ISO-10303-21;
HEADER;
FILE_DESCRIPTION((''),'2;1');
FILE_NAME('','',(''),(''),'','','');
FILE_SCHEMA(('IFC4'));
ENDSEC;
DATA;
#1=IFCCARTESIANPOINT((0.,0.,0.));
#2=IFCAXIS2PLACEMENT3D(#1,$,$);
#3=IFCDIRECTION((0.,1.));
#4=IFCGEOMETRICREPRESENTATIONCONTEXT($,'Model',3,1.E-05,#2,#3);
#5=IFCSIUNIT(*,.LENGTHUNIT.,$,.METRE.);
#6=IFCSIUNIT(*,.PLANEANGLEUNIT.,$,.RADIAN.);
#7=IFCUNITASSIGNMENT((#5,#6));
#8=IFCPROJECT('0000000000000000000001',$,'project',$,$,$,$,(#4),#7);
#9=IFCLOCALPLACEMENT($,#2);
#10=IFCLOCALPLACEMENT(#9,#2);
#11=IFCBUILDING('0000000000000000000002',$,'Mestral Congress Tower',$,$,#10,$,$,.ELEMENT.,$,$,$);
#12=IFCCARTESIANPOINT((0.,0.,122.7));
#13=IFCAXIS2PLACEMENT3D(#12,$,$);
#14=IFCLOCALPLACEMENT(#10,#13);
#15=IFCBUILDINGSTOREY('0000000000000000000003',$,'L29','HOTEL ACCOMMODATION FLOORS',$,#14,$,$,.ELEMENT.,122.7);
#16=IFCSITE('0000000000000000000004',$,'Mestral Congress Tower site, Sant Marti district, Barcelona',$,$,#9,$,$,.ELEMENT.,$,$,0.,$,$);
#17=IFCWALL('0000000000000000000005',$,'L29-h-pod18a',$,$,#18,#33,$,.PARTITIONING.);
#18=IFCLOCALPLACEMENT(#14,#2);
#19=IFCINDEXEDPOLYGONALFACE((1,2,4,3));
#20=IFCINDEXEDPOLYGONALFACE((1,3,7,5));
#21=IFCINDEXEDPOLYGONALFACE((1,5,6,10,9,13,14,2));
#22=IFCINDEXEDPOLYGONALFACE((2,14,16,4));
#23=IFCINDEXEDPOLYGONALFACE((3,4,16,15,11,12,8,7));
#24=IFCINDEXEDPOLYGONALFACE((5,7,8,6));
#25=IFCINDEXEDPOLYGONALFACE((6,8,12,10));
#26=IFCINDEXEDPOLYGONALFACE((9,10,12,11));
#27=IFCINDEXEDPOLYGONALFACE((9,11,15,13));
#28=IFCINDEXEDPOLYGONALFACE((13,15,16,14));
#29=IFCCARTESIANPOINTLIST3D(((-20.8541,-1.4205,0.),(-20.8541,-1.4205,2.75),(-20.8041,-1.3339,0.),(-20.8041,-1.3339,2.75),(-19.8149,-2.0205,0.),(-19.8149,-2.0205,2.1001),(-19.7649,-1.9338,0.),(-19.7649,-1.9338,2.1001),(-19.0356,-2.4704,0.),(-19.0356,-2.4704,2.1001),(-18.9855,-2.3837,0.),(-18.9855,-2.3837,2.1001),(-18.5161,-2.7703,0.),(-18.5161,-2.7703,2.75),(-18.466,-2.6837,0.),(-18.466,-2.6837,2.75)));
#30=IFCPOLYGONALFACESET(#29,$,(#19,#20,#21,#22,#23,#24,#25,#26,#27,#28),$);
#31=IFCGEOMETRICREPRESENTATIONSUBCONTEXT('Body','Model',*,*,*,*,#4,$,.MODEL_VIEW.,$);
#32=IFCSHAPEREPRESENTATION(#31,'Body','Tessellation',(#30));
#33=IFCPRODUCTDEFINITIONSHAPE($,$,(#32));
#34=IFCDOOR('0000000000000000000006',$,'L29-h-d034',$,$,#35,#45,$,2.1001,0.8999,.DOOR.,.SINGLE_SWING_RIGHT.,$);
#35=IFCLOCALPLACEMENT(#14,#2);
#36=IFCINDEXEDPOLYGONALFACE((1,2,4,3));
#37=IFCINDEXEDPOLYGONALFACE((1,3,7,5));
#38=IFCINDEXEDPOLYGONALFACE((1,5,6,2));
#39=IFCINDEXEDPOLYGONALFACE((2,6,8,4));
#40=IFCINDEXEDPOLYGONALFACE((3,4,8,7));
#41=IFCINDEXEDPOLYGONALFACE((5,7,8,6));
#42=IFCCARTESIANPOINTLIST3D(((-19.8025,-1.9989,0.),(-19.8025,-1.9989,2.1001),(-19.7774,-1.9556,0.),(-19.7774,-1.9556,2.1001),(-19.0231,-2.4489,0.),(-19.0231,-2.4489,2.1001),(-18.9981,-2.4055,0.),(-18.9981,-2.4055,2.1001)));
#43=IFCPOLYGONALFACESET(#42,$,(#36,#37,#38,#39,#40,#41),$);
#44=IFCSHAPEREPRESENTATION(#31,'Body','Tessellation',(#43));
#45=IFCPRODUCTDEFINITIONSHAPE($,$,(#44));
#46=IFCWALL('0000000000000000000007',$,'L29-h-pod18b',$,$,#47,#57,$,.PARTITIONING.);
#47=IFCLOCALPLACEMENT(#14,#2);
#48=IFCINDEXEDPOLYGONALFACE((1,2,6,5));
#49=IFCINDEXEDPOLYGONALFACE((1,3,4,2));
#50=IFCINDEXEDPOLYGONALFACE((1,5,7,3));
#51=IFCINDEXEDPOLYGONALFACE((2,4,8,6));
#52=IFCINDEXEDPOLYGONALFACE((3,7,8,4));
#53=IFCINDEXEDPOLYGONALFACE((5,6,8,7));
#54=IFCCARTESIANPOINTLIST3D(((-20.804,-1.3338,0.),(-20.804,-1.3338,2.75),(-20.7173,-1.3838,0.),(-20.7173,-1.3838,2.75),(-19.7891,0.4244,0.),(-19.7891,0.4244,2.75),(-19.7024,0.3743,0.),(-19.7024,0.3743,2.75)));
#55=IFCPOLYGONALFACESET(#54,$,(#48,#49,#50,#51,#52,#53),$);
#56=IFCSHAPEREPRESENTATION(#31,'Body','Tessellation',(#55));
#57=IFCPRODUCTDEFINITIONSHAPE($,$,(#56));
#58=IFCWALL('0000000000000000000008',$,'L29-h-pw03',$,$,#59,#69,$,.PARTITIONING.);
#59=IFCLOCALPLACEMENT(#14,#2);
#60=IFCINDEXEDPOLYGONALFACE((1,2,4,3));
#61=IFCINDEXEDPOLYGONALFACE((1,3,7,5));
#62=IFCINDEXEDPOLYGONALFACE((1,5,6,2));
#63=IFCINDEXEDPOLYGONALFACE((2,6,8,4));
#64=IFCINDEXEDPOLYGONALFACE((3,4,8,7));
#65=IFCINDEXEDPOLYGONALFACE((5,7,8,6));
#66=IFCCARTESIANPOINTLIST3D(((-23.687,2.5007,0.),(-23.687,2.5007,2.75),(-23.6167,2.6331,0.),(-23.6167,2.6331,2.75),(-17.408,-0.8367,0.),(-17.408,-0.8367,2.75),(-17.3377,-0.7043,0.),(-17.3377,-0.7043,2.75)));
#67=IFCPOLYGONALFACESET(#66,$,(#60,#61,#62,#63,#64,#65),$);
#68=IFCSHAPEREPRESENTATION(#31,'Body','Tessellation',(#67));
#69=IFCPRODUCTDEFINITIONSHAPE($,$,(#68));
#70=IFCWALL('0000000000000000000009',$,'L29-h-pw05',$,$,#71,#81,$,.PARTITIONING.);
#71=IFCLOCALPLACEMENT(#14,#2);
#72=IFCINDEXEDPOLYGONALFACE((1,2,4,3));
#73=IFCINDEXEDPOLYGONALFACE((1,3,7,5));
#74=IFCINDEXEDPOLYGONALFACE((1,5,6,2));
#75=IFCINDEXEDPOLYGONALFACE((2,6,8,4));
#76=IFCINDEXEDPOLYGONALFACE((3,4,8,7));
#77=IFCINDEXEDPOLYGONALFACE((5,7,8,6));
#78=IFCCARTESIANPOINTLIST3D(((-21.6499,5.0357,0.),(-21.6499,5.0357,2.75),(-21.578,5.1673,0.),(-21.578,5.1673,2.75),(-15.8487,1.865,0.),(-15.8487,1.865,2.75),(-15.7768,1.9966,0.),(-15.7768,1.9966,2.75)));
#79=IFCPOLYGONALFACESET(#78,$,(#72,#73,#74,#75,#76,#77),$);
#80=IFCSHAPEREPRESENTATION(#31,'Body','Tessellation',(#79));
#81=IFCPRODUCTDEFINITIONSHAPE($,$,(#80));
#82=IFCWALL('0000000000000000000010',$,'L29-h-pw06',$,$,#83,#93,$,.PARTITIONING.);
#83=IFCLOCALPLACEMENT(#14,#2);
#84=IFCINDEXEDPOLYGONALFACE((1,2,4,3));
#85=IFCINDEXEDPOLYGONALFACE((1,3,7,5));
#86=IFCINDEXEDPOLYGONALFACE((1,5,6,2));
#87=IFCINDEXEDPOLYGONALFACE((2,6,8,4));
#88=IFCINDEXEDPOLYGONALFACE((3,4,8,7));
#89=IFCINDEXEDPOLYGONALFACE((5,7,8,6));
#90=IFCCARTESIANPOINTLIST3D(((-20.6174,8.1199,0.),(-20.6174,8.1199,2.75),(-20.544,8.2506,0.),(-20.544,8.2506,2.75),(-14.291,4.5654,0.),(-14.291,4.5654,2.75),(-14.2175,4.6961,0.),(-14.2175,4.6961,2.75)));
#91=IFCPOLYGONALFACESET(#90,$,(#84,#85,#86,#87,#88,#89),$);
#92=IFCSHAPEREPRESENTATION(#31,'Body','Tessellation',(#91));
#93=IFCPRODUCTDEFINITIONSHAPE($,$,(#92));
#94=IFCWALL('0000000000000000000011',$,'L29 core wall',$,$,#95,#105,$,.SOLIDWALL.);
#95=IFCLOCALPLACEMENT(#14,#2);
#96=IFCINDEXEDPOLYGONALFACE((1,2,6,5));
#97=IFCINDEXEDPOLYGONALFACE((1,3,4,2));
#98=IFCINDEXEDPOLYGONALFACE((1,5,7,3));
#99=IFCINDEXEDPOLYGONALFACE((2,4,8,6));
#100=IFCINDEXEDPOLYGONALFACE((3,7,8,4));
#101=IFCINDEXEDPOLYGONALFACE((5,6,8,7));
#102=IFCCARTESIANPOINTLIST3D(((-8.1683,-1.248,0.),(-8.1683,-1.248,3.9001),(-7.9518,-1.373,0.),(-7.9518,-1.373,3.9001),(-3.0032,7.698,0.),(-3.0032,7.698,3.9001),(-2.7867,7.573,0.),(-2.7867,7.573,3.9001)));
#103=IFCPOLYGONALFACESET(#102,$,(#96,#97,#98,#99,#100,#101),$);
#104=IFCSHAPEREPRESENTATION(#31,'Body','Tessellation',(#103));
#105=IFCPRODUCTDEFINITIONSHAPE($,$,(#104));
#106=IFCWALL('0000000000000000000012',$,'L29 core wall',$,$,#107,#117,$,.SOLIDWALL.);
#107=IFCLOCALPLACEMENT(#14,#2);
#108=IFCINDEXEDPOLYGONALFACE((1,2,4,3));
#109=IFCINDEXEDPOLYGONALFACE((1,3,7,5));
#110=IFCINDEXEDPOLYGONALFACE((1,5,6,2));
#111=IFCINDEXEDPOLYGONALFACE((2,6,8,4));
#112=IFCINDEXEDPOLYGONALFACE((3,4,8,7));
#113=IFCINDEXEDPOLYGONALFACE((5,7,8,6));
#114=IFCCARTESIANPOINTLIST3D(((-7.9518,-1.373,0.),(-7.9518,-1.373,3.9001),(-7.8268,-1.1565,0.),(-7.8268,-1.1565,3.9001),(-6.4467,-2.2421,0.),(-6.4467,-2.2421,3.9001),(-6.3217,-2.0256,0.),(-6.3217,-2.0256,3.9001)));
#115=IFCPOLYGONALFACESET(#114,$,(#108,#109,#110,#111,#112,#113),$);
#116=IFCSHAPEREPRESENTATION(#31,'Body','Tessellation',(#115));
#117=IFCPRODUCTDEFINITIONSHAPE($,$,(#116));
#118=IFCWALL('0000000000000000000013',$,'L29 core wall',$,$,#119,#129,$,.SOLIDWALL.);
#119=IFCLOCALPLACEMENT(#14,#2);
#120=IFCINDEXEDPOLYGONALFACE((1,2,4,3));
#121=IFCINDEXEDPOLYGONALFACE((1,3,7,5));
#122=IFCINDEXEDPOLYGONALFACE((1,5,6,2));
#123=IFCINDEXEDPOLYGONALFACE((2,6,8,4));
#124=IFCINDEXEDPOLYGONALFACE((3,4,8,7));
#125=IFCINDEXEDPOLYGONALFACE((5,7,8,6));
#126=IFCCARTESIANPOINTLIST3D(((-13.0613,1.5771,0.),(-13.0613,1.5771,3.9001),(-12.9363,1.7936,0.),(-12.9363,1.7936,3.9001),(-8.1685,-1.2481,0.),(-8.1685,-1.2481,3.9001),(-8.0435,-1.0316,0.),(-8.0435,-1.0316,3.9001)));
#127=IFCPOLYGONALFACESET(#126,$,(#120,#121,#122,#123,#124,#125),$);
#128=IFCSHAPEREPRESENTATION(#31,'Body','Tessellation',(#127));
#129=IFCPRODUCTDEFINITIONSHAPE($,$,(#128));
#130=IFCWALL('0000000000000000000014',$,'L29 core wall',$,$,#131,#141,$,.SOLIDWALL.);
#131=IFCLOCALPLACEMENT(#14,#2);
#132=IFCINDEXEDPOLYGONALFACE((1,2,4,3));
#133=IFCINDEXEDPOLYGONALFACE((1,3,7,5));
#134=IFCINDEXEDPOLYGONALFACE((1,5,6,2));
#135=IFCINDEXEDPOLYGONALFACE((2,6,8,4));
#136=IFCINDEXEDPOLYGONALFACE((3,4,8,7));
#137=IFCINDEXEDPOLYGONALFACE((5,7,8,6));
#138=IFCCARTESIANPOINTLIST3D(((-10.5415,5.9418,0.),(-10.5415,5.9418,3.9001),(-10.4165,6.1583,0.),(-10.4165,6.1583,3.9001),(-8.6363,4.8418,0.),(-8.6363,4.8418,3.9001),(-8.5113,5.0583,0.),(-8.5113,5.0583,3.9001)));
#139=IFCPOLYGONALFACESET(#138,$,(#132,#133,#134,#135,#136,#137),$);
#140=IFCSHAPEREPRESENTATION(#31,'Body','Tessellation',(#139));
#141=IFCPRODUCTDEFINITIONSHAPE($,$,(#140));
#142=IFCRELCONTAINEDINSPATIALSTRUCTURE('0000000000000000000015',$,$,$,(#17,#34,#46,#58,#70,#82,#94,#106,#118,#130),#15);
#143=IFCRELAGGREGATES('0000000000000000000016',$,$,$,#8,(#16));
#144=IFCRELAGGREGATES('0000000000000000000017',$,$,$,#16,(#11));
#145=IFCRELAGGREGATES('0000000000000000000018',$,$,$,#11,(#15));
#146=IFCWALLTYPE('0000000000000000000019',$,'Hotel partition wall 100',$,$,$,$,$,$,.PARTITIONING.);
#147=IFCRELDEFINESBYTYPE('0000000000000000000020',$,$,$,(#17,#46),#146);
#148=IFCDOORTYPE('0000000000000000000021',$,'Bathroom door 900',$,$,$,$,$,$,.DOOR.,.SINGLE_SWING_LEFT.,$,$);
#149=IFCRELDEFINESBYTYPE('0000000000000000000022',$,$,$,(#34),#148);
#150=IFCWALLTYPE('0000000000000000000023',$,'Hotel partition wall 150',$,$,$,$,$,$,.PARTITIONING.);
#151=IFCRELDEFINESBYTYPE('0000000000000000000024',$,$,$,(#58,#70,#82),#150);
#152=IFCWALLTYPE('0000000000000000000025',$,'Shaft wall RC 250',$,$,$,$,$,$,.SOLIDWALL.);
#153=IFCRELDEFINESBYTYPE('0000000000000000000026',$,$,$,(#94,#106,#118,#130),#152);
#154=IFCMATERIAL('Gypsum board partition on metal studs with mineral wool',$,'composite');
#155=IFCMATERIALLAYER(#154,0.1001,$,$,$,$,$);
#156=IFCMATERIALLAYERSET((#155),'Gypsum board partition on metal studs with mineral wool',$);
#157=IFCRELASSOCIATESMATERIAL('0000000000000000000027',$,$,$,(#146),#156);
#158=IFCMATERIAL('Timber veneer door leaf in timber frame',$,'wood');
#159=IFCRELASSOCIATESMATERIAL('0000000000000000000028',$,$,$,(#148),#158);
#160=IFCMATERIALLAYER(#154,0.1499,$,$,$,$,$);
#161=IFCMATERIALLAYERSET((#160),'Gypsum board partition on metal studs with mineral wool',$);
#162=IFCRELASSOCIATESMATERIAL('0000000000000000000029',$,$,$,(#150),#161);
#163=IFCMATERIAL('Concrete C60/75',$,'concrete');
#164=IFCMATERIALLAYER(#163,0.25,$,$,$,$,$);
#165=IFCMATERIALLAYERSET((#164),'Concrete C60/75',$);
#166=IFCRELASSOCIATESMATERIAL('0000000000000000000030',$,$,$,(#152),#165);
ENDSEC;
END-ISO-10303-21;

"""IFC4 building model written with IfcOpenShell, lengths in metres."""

from ifc_helpers import new_model, si_unit, direction, frame, frame_2d, origin, place, context, subcontext, project, spatial, rectangle, extrude, material, layer, layer_set, type_object, element, fill, save


model = new_model("IFC4")

# Units and contexts
model_context = context("Model", 3, precision=1e-05, world=origin(), true_north=direction((0.0, 1.0)))
body_context = subcontext(model_context, "Body", "Model", "MODEL_VIEW")
ifc_project = project(units=[si_unit("LENGTHUNIT", "METRE"), si_unit("PLANEANGLEUNIT", "RADIAN")], contexts=[model_context])

# Site, building, storey
site_placement = place(None, origin())
site = spatial("IfcSite", under=ifc_project, at=site_placement, Name="Mestral Congress Tower site, Sant Marti district, Barcelona", CompositionType="ELEMENT", RefElevation=0.0)
building_placement = place(site_placement, origin())
building = spatial("IfcBuilding", under=site, at=building_placement, Name="Mestral Congress Tower", CompositionType="ELEMENT")
storey_placement = place(building_placement, frame((0.0, 0.0, 122.7)))
storey = spatial("IfcBuildingStorey", under=building, at=storey_placement, Name="L29", Description="HOTEL ACCOMMODATION FLOORS", CompositionType="ELEMENT", Elevation=122.7)

# Shared definitions
ifc_material_1 = material(Name="Concrete C60/75", Category="concrete")

# Shared definitions
ifc_material_2 = material(Name="Gypsum board partition on metal studs with mineral wool", Category="composite")
ifc_layer_1 = layer(ifc_material_2, 0.1001)
ifc_layer_set_1 = layer_set([ifc_layer_1], Name="Gypsum board partition on metal studs with mineral wool")
wall_type_1 = type_object("IfcWallType", Name="Hotel partition wall 100", PredefinedType="PARTITIONING", material=ifc_layer_set_1)
ifc_material_3 = material(Name="Timber veneer door leaf in timber frame", Category="wood")
door_type = type_object("IfcDoorType", Name="Bathroom door 900", OperationType="SINGLE_SWING_LEFT", PredefinedType="DOOR", material=ifc_material_3)

# Wall, opening, door
wall_1_placement = place(storey_placement, frame((-20.8291, -1.3772, 0.0), z_axis=(0.0, 0.0, 1.0), x_axis=(0.866037, -0.499981, 0.0)))
wall_1 = element("IfcWall", 1, at=wall_1_placement, inside=storey, type_object=wall_type_1, Name="L29-h-pod18a", PredefinedType="PARTITIONING", context=body_context, shape_type="SweptSolid", body=[
    extrude(rectangle(XDim=2.6997, YDim=0.1001, at=frame_2d((1.3499, 0.0))), origin(), (0.0, 0.0, 1.0), 2.75),
])
opening_1_placement = place(wall_1_placement, frame((1.2, 0.0, 0.0)))
opening_1 = element("IfcOpeningElement", 2, at=opening_1_placement, cuts=wall_1, PredefinedType="OPENING", context=body_context, shape_type="SweptSolid", body=[
    extrude(rectangle(XDim=0.8999, YDim=2.1001, at=frame_2d((0.45, 1.05))), frame((0.0, 0.0601, 0.0), z_axis=(0.0, -1.0, 0.0), x_axis=(1.0, 0.0, 0.0)), (0.0, 0.0, 1.0), 0.1201),
])
door_1_placement = place(opening_1_placement, origin())
door_1 = element("IfcDoor", 3, at=door_1_placement, inside=storey, type_object=door_type, Name="L29-h-d034", OperationType="SINGLE_SWING_RIGHT", OverallHeight=2.1001, OverallWidth=0.8999, PredefinedType="DOOR", context=body_context, shape_type="SweptSolid", body=[
    extrude(rectangle(XDim=0.8999, YDim=2.1001, at=frame_2d((0.45, 1.05))), frame((0.0, 0.0249, 0.0), z_axis=(0.0, -1.0, 0.0), x_axis=(1.0, 0.0, 0.0)), (0.0, 0.0, 1.0), 0.05),
])
fill(opening_1, door_1)

# Walls
wall_2_placement = place(storey_placement, frame((-20.7607, -1.3589, 0.0), z_axis=(0.0, 0.0, 1.0), x_axis=(0.499955, 0.866051, 0.0)))
element("IfcWall", 4, at=wall_2_placement, inside=storey, type_object=wall_type_1, Name="L29-h-pod18b", PredefinedType="PARTITIONING", context=body_context, shape_type="SweptSolid", body=[
    extrude(rectangle(XDim=2.03, YDim=0.1001, at=frame_2d((1.0151, 0.0))), origin(), (0.0, 0.0, 1.0), 2.75),
])
ifc_layer_2 = layer(ifc_material_2, 0.1499)
ifc_layer_set_2 = layer_set([ifc_layer_2], Name="Gypsum board partition on metal studs with mineral wool")
wall_type_2 = type_object("IfcWallType", Name="Hotel partition wall 150", PredefinedType="PARTITIONING", material=ifc_layer_set_2)
wall_3_placement = place(storey_placement, frame((-23.6519, 2.5669, 0.0), z_axis=(0.0, 0.0, 1.0), x_axis=(0.883019, -0.469337, 0.0)))
element("IfcWall", 5, at=wall_3_placement, inside=storey, type_object=wall_type_2, Name="L29-h-pw03", PredefinedType="PARTITIONING", context=body_context, shape_type="SweptSolid", body=[
    extrude(rectangle(XDim=7.1108, YDim=0.1499, at=frame_2d((3.5554, 0.0))), origin(), (0.0, 0.0, 1.0), 2.75),
])
wall_4_placement = place(storey_placement, frame((-21.614, 5.1016, 0.0), z_axis=(0.0, 0.0, 1.0), x_axis=(0.877485, -0.479605, 0.0)))
element("IfcWall", 6, at=wall_4_placement, inside=storey, type_object=wall_type_2, Name="L29-h-pw05", PredefinedType="PARTITIONING", context=body_context, shape_type="SweptSolid", body=[
    extrude(rectangle(XDim=6.6111, YDim=0.1499, at=frame_2d((3.3057, 0.0))), origin(), (0.0, 0.0, 1.0), 2.75),
])
wall_5_placement = place(storey_placement, frame((-20.5808, 8.1853, 0.0), z_axis=(0.0, 0.0, 1.0), x_axis=(0.871821, -0.489825, 0.0)))
element("IfcWall", 7, at=wall_5_placement, inside=storey, type_object=wall_type_2, Name="L29-h-pw06", PredefinedType="PARTITIONING", context=body_context, shape_type="SweptSolid", body=[
    extrude(rectangle(XDim=7.2566, YDim=0.1499, at=frame_2d((3.6284, 0.0))), origin(), (0.0, 0.0, 1.0), 2.75),
])
ifc_layer_3 = layer(ifc_material_1, 0.25)
ifc_layer_set_3 = layer_set([ifc_layer_3], Name="Concrete C60/75")
wall_type_3 = type_object("IfcWallType", Name="Shaft wall RC 250", PredefinedType="SOLIDWALL", material=ifc_layer_set_3)
wall_6_placement = place(storey_placement, frame((-8.0601, -1.3105, 0.0), z_axis=(0.0, 0.0, 1.0), x_axis=(0.500003, 0.866024, 0.0)))
element("IfcWall", 8, at=wall_6_placement, inside=storey, type_object=wall_type_3, Name="L29 core wall", PredefinedType="SOLIDWALL", context=body_context, shape_type="SweptSolid", body=[
    extrude(rectangle(XDim=10.3301, YDim=0.25, at=frame_2d((5.165, 0.0))), origin(), (0.0, 0.0, 1.0), 3.9001),
])
wall_7_placement = place(storey_placement, frame((-7.8894, -1.2646, 0.0), z_axis=(0.0, 0.0, 1.0), x_axis=(0.865987, -0.500067, 0.0)))
element("IfcWall", 9, at=wall_7_placement, inside=storey, type_object=wall_type_3, Name="L29 core wall", PredefinedType="SOLIDWALL", context=body_context, shape_type="SweptSolid", body=[
    extrude(rectangle(XDim=1.738, YDim=0.25, at=frame_2d((0.8691, 0.0))), origin(), (0.0, 0.0, 1.0), 3.9001),
])
wall_8_placement = place(storey_placement, frame((-8.106, -1.1399, 0.0), z_axis=(0.0, 0.0, 1.0), x_axis=(-0.866001, 0.500043, 0.0)))
element("IfcWall", 10, at=wall_8_placement, inside=storey, type_object=wall_type_3, Name="L29 core wall", PredefinedType="SOLIDWALL", context=body_context, shape_type="SweptSolid", body=[
    extrude(rectangle(XDim=5.6499, YDim=0.25, at=frame_2d((2.825, 0.0))), origin(), (0.0, 0.0, 1.0), 3.9001),
])
wall_9_placement = place(storey_placement, frame((-8.5737, 4.95, 0.0), z_axis=(0.0, 0.0, 1.0), x_axis=(-0.866008, 0.50003, 0.0)))
element("IfcWall", 11, at=wall_9_placement, inside=storey, type_object=wall_type_3, Name="L29 core wall", PredefinedType="SOLIDWALL", context=body_context, shape_type="SweptSolid", body=[
    extrude(rectangle(XDim=2.2, YDim=0.25, at=frame_2d((1.1001, 0.0))), origin(), (0.0, 0.0, 1.0), 3.9001),
])

save(model, "model.ifc")
